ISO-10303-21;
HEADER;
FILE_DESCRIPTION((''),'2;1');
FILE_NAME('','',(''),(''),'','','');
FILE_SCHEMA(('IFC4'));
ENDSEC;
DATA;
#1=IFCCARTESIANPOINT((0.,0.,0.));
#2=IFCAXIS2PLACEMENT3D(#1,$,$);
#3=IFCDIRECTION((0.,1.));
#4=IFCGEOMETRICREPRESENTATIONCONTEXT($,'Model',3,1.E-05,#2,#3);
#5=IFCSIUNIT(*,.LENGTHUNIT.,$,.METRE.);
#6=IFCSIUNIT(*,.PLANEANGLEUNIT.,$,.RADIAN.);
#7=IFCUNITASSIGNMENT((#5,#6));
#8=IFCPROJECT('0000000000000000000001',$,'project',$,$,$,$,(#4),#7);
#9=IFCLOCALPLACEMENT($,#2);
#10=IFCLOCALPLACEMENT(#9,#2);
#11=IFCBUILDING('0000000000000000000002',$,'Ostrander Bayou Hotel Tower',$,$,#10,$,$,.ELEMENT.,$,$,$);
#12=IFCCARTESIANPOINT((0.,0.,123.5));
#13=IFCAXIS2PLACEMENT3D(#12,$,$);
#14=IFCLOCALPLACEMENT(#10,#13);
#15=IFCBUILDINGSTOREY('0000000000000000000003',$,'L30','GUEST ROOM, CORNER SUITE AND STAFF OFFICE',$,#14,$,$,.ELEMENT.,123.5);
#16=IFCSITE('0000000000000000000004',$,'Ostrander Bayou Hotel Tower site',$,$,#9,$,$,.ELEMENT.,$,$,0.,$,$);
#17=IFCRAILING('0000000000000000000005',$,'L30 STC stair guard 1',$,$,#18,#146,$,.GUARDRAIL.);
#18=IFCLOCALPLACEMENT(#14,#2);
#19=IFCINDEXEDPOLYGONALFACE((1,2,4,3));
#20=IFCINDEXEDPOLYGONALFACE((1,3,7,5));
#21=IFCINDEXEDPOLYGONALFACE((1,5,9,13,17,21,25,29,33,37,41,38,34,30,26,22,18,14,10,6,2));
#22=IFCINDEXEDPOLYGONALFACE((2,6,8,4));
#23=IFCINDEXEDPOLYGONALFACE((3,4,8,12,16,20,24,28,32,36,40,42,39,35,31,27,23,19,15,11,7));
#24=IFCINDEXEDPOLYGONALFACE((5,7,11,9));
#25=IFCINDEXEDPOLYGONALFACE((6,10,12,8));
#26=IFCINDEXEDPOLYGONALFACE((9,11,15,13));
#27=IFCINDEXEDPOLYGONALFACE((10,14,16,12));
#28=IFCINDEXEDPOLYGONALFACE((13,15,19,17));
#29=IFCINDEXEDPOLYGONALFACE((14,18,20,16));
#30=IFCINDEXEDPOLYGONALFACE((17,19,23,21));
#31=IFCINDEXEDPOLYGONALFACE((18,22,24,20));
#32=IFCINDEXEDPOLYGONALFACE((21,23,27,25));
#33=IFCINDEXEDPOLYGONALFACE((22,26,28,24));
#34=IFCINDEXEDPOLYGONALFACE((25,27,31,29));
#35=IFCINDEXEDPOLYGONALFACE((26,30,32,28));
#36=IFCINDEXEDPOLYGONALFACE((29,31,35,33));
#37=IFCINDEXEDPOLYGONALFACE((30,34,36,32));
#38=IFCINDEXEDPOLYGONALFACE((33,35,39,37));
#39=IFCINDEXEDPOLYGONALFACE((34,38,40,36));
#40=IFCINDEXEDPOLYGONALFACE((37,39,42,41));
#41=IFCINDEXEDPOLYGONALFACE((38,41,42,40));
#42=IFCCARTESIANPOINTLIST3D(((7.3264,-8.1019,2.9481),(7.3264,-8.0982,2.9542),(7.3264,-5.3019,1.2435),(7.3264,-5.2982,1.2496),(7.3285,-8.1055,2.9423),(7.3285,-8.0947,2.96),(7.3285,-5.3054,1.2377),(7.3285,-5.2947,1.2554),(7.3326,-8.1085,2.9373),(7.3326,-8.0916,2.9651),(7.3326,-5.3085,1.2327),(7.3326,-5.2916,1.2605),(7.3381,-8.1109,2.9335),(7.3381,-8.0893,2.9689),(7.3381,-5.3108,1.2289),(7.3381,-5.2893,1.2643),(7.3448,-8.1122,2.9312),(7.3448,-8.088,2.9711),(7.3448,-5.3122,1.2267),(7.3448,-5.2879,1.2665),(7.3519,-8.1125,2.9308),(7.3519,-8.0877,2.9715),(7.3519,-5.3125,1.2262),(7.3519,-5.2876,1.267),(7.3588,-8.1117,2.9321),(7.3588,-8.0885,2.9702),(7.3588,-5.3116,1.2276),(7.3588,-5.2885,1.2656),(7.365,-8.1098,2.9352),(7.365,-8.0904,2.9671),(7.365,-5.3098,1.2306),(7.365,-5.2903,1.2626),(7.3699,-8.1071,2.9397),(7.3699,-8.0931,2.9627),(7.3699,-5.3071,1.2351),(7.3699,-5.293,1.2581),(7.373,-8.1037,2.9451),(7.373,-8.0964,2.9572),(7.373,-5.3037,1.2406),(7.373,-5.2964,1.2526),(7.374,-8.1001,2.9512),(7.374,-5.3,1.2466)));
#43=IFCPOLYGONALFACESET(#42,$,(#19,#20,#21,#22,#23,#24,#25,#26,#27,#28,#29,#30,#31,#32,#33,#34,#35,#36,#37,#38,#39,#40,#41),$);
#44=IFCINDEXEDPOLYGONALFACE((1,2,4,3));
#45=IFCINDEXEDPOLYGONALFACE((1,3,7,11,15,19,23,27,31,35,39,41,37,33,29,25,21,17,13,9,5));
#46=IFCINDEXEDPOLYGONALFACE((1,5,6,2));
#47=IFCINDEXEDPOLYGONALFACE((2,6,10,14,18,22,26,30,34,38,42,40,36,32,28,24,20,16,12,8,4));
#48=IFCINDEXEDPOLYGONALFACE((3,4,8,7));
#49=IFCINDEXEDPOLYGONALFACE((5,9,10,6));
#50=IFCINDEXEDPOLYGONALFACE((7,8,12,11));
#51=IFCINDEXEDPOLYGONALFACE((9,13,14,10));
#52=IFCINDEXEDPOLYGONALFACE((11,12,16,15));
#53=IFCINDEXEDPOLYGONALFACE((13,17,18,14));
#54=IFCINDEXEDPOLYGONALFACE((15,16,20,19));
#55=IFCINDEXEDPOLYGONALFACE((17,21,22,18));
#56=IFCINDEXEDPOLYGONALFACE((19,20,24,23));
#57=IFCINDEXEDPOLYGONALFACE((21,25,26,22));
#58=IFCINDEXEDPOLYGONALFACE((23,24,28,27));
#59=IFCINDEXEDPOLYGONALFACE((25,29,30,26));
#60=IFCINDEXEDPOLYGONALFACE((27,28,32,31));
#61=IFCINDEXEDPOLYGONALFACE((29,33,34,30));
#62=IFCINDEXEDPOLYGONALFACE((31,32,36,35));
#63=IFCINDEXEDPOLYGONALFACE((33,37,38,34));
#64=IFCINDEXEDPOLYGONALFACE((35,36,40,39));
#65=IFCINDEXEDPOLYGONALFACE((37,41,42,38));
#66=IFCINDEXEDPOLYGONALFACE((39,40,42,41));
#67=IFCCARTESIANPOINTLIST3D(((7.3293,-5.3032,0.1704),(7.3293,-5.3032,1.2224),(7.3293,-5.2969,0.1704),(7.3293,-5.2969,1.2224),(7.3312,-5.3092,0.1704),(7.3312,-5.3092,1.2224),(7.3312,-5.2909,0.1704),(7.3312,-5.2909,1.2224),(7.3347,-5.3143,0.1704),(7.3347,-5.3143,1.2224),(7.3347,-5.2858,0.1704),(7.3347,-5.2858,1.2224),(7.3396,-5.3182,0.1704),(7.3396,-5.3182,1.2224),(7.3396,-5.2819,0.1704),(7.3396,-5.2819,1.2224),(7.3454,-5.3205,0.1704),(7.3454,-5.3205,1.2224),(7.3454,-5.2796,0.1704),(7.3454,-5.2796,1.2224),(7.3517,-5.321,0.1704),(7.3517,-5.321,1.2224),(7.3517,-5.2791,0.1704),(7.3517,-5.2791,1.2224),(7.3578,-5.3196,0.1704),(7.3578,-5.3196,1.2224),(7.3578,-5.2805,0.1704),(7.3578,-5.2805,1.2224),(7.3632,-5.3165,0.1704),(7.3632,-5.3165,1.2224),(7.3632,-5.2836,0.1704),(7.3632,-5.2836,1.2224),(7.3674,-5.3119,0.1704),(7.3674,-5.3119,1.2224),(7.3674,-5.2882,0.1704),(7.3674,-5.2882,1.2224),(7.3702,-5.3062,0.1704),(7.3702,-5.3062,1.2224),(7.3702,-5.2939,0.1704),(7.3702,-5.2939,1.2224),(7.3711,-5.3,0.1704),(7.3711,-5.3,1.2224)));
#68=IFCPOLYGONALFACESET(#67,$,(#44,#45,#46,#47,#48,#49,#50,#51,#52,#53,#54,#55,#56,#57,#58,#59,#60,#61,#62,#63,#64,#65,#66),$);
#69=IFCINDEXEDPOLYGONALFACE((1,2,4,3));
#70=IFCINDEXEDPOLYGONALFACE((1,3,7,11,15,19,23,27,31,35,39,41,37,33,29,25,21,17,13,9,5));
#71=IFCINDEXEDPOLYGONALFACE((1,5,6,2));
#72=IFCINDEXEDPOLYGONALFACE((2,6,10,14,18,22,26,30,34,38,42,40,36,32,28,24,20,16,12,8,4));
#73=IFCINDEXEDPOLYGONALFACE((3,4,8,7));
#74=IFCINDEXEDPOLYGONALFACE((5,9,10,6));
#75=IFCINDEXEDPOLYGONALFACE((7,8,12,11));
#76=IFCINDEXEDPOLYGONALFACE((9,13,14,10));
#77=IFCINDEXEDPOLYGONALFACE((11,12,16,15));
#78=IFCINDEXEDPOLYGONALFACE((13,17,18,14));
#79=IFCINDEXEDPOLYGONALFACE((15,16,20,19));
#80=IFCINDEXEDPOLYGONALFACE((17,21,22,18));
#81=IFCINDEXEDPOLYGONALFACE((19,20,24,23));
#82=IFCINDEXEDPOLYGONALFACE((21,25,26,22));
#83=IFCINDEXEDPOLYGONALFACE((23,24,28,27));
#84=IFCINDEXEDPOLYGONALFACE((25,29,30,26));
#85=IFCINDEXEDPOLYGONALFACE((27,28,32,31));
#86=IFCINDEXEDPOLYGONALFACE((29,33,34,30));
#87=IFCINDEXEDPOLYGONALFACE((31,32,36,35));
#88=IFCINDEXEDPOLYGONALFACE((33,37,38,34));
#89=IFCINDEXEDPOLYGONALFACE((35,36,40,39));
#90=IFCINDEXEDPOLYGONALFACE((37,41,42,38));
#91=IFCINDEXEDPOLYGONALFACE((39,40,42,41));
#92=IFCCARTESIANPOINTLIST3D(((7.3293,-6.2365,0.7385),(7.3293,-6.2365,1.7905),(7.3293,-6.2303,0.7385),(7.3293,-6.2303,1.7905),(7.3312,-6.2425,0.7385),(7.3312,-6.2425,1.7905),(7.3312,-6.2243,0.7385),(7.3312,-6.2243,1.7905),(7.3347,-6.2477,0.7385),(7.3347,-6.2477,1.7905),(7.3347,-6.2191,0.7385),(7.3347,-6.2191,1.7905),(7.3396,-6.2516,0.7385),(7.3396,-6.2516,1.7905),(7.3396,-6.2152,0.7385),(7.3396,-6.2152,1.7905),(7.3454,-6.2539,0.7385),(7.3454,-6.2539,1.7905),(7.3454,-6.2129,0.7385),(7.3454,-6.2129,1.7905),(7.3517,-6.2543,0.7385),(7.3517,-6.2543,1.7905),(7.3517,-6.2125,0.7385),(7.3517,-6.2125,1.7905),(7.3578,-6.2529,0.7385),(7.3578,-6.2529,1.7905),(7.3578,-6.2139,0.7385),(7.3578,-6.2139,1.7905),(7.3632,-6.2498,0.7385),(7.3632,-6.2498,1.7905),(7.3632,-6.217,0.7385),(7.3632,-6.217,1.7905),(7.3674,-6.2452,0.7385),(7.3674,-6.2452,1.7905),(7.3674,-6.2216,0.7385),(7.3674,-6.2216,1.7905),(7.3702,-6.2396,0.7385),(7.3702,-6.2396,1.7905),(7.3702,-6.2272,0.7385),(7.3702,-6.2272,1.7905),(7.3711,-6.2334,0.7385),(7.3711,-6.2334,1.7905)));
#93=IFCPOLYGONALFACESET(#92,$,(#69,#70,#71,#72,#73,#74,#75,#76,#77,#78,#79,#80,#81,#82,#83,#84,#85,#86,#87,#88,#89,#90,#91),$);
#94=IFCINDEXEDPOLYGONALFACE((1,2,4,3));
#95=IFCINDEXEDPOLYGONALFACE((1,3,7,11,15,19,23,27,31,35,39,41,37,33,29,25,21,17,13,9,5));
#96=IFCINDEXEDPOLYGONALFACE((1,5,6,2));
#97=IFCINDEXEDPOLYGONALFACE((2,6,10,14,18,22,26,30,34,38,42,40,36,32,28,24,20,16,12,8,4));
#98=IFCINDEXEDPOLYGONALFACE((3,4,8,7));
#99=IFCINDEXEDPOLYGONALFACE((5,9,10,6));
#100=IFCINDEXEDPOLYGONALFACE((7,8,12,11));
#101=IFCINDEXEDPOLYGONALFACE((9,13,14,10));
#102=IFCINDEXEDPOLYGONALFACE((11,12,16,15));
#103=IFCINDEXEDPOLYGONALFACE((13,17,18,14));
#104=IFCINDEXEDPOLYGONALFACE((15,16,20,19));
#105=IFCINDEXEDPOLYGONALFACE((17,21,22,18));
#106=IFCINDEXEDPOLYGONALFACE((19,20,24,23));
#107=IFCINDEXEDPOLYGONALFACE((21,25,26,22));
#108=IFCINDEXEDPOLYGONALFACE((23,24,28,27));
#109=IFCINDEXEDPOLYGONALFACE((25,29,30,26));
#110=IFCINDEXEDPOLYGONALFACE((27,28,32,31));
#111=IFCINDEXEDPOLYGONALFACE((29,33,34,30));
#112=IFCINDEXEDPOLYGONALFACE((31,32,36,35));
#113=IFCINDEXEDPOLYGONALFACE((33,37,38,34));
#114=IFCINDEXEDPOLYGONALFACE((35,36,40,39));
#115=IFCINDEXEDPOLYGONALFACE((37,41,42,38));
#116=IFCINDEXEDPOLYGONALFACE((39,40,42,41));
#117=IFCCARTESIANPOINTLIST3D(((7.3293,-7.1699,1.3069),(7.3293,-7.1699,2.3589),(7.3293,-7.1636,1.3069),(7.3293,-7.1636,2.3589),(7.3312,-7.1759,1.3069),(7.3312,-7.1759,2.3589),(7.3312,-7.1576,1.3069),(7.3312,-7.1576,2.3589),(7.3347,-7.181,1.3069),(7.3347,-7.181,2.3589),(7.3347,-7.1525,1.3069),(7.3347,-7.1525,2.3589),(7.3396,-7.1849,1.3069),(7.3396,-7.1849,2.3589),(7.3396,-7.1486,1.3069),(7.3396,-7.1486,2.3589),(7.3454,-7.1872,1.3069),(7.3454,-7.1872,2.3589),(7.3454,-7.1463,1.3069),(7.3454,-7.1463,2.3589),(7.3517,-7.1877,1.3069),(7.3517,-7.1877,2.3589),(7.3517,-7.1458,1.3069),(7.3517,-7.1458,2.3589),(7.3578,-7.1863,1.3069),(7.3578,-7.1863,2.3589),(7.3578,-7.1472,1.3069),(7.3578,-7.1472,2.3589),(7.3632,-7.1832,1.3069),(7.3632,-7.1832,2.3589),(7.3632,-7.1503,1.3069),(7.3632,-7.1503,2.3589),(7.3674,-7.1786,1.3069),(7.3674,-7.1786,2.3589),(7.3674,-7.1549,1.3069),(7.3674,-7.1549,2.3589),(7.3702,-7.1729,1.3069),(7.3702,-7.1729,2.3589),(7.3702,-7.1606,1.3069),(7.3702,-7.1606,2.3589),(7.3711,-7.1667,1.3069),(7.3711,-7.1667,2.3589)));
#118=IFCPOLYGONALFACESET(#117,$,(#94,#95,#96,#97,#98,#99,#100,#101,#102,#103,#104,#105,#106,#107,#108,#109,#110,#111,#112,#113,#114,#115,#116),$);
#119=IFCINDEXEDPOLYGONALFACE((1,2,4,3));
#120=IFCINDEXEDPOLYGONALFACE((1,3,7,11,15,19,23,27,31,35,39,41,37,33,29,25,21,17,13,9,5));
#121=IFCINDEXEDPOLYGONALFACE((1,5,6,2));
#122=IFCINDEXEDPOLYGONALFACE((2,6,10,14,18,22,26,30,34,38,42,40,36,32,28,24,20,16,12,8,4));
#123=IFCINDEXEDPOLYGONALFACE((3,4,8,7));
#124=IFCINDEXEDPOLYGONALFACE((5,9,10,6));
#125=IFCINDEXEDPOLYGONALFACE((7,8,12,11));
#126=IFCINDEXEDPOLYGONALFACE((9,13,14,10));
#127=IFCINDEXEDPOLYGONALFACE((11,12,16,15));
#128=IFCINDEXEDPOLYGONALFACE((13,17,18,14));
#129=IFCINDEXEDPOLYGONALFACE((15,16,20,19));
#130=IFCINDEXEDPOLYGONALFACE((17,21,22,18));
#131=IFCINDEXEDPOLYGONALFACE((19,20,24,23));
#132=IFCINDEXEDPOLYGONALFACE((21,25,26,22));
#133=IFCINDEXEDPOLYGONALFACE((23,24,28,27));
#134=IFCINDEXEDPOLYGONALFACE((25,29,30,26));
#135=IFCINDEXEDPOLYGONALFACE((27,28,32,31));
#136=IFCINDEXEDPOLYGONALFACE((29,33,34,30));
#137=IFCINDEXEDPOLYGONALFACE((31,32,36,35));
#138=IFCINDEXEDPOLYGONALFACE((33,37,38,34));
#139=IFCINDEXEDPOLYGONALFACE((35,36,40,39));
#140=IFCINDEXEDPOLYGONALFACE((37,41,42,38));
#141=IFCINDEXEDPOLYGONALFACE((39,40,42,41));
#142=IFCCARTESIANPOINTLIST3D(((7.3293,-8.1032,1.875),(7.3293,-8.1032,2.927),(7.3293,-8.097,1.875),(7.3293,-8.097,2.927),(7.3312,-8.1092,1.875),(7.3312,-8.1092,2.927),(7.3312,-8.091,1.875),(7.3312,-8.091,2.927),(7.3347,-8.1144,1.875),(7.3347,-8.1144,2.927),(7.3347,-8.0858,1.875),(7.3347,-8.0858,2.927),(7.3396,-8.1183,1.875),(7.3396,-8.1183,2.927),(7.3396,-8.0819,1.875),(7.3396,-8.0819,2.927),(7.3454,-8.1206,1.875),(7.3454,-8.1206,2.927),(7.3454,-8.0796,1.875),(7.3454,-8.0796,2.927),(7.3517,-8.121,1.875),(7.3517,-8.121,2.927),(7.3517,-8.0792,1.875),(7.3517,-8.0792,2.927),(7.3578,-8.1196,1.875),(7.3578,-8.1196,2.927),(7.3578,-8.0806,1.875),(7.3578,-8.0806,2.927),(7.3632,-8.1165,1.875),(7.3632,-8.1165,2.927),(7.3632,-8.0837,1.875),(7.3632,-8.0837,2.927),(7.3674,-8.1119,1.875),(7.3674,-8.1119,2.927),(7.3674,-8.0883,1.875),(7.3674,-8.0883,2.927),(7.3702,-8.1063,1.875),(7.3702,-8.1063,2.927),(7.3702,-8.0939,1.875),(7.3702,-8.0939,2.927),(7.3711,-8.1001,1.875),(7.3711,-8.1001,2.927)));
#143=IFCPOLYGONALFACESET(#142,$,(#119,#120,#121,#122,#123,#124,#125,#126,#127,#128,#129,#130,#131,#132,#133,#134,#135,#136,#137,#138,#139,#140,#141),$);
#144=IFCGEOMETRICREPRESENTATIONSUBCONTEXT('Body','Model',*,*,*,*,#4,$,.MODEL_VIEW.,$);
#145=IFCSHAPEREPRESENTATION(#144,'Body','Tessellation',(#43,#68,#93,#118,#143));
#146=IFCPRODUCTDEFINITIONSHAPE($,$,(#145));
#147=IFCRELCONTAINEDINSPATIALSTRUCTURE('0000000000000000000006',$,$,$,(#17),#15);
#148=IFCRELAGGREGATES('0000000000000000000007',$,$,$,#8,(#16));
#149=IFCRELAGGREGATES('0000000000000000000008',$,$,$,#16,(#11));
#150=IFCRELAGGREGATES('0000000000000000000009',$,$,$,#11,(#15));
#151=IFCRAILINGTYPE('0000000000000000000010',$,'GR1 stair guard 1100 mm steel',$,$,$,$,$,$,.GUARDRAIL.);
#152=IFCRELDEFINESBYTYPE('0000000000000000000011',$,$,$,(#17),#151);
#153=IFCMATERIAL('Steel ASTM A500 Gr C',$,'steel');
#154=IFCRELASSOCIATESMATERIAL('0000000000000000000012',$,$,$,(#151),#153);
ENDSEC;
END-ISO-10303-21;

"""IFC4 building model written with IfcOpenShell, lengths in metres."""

from ifc_helpers import new_model, si_unit, direction, frame, origin, origin_2d, place, context, subcontext, project, spatial, circle, extrude, material, type_object, element, save


model = new_model("IFC4")

# Units and contexts
model_context = context("Model", 3, precision=1e-05, world=origin(), true_north=direction((0.0, 1.0)))
body_context = subcontext(model_context, "Body", "Model", "MODEL_VIEW")
ifc_project = project(units=[si_unit("LENGTHUNIT", "METRE"), si_unit("PLANEANGLEUNIT", "RADIAN")], contexts=[model_context])

# Site, building, storey
site_placement = place(None, origin())
site = spatial("IfcSite", under=ifc_project, at=site_placement, Name="Ostrander Bayou Hotel Tower site", CompositionType="ELEMENT", RefElevation=0.0)
building_placement = place(site_placement, origin())
building = spatial("IfcBuilding", under=site, at=building_placement, Name="Ostrander Bayou Hotel Tower", CompositionType="ELEMENT")
storey_placement = place(building_placement, frame((0.0, 0.0, 123.5)))
storey = spatial("IfcBuildingStorey", under=building, at=storey_placement, Name="L30", Description="GUEST ROOM, CORNER SUITE AND STAFF OFFICE", CompositionType="ELEMENT", Elevation=123.5)

# Railing
ifc_material_1 = material(Name="Steel ASTM A500 Gr C", Category="steel")
railing_type_1 = type_object("IfcRailingType", Name="GR1 stair guard 1100 mm steel", PredefinedType="GUARDRAIL", material=ifc_material_1)
railing_1_placement = place(storey_placement, frame((7.3501, -5.3, 0.1704)))
element("IfcRailing", 1, at=railing_1_placement, inside=storey, type_object=railing_type_1, Name="L30 STC stair guard 1", PredefinedType="GUARDRAIL", context=body_context, shape_type="SweptSolid", body=[
    extrude(circle(Radius=0.0239, at=origin_2d()), frame((0.0, 0.0, 1.0762), z_axis=(0.0, -0.85417, 0.519994), x_axis=(1.0, 0.0, 0.0)), (0.0, 0.0, 1.0), 3.2781),
    extrude(circle(Radius=0.021, at=origin_2d()), origin(), (0.0, 0.0, 1.0), 1.052),
    extrude(circle(Radius=0.021, at=origin_2d()), frame((0.0, -0.9333, 0.5681)), (0.0, 0.0, 1.0), 1.052),
    extrude(circle(Radius=0.021, at=origin_2d()), frame((0.0, -1.8667, 1.1365)), (0.0, 0.0, 1.0), 1.052),
    extrude(circle(Radius=0.021, at=origin_2d()), frame((0.0, -2.8, 1.7046)), (0.0, 0.0, 1.0), 1.052),
])

save(model, "model.ifc")
